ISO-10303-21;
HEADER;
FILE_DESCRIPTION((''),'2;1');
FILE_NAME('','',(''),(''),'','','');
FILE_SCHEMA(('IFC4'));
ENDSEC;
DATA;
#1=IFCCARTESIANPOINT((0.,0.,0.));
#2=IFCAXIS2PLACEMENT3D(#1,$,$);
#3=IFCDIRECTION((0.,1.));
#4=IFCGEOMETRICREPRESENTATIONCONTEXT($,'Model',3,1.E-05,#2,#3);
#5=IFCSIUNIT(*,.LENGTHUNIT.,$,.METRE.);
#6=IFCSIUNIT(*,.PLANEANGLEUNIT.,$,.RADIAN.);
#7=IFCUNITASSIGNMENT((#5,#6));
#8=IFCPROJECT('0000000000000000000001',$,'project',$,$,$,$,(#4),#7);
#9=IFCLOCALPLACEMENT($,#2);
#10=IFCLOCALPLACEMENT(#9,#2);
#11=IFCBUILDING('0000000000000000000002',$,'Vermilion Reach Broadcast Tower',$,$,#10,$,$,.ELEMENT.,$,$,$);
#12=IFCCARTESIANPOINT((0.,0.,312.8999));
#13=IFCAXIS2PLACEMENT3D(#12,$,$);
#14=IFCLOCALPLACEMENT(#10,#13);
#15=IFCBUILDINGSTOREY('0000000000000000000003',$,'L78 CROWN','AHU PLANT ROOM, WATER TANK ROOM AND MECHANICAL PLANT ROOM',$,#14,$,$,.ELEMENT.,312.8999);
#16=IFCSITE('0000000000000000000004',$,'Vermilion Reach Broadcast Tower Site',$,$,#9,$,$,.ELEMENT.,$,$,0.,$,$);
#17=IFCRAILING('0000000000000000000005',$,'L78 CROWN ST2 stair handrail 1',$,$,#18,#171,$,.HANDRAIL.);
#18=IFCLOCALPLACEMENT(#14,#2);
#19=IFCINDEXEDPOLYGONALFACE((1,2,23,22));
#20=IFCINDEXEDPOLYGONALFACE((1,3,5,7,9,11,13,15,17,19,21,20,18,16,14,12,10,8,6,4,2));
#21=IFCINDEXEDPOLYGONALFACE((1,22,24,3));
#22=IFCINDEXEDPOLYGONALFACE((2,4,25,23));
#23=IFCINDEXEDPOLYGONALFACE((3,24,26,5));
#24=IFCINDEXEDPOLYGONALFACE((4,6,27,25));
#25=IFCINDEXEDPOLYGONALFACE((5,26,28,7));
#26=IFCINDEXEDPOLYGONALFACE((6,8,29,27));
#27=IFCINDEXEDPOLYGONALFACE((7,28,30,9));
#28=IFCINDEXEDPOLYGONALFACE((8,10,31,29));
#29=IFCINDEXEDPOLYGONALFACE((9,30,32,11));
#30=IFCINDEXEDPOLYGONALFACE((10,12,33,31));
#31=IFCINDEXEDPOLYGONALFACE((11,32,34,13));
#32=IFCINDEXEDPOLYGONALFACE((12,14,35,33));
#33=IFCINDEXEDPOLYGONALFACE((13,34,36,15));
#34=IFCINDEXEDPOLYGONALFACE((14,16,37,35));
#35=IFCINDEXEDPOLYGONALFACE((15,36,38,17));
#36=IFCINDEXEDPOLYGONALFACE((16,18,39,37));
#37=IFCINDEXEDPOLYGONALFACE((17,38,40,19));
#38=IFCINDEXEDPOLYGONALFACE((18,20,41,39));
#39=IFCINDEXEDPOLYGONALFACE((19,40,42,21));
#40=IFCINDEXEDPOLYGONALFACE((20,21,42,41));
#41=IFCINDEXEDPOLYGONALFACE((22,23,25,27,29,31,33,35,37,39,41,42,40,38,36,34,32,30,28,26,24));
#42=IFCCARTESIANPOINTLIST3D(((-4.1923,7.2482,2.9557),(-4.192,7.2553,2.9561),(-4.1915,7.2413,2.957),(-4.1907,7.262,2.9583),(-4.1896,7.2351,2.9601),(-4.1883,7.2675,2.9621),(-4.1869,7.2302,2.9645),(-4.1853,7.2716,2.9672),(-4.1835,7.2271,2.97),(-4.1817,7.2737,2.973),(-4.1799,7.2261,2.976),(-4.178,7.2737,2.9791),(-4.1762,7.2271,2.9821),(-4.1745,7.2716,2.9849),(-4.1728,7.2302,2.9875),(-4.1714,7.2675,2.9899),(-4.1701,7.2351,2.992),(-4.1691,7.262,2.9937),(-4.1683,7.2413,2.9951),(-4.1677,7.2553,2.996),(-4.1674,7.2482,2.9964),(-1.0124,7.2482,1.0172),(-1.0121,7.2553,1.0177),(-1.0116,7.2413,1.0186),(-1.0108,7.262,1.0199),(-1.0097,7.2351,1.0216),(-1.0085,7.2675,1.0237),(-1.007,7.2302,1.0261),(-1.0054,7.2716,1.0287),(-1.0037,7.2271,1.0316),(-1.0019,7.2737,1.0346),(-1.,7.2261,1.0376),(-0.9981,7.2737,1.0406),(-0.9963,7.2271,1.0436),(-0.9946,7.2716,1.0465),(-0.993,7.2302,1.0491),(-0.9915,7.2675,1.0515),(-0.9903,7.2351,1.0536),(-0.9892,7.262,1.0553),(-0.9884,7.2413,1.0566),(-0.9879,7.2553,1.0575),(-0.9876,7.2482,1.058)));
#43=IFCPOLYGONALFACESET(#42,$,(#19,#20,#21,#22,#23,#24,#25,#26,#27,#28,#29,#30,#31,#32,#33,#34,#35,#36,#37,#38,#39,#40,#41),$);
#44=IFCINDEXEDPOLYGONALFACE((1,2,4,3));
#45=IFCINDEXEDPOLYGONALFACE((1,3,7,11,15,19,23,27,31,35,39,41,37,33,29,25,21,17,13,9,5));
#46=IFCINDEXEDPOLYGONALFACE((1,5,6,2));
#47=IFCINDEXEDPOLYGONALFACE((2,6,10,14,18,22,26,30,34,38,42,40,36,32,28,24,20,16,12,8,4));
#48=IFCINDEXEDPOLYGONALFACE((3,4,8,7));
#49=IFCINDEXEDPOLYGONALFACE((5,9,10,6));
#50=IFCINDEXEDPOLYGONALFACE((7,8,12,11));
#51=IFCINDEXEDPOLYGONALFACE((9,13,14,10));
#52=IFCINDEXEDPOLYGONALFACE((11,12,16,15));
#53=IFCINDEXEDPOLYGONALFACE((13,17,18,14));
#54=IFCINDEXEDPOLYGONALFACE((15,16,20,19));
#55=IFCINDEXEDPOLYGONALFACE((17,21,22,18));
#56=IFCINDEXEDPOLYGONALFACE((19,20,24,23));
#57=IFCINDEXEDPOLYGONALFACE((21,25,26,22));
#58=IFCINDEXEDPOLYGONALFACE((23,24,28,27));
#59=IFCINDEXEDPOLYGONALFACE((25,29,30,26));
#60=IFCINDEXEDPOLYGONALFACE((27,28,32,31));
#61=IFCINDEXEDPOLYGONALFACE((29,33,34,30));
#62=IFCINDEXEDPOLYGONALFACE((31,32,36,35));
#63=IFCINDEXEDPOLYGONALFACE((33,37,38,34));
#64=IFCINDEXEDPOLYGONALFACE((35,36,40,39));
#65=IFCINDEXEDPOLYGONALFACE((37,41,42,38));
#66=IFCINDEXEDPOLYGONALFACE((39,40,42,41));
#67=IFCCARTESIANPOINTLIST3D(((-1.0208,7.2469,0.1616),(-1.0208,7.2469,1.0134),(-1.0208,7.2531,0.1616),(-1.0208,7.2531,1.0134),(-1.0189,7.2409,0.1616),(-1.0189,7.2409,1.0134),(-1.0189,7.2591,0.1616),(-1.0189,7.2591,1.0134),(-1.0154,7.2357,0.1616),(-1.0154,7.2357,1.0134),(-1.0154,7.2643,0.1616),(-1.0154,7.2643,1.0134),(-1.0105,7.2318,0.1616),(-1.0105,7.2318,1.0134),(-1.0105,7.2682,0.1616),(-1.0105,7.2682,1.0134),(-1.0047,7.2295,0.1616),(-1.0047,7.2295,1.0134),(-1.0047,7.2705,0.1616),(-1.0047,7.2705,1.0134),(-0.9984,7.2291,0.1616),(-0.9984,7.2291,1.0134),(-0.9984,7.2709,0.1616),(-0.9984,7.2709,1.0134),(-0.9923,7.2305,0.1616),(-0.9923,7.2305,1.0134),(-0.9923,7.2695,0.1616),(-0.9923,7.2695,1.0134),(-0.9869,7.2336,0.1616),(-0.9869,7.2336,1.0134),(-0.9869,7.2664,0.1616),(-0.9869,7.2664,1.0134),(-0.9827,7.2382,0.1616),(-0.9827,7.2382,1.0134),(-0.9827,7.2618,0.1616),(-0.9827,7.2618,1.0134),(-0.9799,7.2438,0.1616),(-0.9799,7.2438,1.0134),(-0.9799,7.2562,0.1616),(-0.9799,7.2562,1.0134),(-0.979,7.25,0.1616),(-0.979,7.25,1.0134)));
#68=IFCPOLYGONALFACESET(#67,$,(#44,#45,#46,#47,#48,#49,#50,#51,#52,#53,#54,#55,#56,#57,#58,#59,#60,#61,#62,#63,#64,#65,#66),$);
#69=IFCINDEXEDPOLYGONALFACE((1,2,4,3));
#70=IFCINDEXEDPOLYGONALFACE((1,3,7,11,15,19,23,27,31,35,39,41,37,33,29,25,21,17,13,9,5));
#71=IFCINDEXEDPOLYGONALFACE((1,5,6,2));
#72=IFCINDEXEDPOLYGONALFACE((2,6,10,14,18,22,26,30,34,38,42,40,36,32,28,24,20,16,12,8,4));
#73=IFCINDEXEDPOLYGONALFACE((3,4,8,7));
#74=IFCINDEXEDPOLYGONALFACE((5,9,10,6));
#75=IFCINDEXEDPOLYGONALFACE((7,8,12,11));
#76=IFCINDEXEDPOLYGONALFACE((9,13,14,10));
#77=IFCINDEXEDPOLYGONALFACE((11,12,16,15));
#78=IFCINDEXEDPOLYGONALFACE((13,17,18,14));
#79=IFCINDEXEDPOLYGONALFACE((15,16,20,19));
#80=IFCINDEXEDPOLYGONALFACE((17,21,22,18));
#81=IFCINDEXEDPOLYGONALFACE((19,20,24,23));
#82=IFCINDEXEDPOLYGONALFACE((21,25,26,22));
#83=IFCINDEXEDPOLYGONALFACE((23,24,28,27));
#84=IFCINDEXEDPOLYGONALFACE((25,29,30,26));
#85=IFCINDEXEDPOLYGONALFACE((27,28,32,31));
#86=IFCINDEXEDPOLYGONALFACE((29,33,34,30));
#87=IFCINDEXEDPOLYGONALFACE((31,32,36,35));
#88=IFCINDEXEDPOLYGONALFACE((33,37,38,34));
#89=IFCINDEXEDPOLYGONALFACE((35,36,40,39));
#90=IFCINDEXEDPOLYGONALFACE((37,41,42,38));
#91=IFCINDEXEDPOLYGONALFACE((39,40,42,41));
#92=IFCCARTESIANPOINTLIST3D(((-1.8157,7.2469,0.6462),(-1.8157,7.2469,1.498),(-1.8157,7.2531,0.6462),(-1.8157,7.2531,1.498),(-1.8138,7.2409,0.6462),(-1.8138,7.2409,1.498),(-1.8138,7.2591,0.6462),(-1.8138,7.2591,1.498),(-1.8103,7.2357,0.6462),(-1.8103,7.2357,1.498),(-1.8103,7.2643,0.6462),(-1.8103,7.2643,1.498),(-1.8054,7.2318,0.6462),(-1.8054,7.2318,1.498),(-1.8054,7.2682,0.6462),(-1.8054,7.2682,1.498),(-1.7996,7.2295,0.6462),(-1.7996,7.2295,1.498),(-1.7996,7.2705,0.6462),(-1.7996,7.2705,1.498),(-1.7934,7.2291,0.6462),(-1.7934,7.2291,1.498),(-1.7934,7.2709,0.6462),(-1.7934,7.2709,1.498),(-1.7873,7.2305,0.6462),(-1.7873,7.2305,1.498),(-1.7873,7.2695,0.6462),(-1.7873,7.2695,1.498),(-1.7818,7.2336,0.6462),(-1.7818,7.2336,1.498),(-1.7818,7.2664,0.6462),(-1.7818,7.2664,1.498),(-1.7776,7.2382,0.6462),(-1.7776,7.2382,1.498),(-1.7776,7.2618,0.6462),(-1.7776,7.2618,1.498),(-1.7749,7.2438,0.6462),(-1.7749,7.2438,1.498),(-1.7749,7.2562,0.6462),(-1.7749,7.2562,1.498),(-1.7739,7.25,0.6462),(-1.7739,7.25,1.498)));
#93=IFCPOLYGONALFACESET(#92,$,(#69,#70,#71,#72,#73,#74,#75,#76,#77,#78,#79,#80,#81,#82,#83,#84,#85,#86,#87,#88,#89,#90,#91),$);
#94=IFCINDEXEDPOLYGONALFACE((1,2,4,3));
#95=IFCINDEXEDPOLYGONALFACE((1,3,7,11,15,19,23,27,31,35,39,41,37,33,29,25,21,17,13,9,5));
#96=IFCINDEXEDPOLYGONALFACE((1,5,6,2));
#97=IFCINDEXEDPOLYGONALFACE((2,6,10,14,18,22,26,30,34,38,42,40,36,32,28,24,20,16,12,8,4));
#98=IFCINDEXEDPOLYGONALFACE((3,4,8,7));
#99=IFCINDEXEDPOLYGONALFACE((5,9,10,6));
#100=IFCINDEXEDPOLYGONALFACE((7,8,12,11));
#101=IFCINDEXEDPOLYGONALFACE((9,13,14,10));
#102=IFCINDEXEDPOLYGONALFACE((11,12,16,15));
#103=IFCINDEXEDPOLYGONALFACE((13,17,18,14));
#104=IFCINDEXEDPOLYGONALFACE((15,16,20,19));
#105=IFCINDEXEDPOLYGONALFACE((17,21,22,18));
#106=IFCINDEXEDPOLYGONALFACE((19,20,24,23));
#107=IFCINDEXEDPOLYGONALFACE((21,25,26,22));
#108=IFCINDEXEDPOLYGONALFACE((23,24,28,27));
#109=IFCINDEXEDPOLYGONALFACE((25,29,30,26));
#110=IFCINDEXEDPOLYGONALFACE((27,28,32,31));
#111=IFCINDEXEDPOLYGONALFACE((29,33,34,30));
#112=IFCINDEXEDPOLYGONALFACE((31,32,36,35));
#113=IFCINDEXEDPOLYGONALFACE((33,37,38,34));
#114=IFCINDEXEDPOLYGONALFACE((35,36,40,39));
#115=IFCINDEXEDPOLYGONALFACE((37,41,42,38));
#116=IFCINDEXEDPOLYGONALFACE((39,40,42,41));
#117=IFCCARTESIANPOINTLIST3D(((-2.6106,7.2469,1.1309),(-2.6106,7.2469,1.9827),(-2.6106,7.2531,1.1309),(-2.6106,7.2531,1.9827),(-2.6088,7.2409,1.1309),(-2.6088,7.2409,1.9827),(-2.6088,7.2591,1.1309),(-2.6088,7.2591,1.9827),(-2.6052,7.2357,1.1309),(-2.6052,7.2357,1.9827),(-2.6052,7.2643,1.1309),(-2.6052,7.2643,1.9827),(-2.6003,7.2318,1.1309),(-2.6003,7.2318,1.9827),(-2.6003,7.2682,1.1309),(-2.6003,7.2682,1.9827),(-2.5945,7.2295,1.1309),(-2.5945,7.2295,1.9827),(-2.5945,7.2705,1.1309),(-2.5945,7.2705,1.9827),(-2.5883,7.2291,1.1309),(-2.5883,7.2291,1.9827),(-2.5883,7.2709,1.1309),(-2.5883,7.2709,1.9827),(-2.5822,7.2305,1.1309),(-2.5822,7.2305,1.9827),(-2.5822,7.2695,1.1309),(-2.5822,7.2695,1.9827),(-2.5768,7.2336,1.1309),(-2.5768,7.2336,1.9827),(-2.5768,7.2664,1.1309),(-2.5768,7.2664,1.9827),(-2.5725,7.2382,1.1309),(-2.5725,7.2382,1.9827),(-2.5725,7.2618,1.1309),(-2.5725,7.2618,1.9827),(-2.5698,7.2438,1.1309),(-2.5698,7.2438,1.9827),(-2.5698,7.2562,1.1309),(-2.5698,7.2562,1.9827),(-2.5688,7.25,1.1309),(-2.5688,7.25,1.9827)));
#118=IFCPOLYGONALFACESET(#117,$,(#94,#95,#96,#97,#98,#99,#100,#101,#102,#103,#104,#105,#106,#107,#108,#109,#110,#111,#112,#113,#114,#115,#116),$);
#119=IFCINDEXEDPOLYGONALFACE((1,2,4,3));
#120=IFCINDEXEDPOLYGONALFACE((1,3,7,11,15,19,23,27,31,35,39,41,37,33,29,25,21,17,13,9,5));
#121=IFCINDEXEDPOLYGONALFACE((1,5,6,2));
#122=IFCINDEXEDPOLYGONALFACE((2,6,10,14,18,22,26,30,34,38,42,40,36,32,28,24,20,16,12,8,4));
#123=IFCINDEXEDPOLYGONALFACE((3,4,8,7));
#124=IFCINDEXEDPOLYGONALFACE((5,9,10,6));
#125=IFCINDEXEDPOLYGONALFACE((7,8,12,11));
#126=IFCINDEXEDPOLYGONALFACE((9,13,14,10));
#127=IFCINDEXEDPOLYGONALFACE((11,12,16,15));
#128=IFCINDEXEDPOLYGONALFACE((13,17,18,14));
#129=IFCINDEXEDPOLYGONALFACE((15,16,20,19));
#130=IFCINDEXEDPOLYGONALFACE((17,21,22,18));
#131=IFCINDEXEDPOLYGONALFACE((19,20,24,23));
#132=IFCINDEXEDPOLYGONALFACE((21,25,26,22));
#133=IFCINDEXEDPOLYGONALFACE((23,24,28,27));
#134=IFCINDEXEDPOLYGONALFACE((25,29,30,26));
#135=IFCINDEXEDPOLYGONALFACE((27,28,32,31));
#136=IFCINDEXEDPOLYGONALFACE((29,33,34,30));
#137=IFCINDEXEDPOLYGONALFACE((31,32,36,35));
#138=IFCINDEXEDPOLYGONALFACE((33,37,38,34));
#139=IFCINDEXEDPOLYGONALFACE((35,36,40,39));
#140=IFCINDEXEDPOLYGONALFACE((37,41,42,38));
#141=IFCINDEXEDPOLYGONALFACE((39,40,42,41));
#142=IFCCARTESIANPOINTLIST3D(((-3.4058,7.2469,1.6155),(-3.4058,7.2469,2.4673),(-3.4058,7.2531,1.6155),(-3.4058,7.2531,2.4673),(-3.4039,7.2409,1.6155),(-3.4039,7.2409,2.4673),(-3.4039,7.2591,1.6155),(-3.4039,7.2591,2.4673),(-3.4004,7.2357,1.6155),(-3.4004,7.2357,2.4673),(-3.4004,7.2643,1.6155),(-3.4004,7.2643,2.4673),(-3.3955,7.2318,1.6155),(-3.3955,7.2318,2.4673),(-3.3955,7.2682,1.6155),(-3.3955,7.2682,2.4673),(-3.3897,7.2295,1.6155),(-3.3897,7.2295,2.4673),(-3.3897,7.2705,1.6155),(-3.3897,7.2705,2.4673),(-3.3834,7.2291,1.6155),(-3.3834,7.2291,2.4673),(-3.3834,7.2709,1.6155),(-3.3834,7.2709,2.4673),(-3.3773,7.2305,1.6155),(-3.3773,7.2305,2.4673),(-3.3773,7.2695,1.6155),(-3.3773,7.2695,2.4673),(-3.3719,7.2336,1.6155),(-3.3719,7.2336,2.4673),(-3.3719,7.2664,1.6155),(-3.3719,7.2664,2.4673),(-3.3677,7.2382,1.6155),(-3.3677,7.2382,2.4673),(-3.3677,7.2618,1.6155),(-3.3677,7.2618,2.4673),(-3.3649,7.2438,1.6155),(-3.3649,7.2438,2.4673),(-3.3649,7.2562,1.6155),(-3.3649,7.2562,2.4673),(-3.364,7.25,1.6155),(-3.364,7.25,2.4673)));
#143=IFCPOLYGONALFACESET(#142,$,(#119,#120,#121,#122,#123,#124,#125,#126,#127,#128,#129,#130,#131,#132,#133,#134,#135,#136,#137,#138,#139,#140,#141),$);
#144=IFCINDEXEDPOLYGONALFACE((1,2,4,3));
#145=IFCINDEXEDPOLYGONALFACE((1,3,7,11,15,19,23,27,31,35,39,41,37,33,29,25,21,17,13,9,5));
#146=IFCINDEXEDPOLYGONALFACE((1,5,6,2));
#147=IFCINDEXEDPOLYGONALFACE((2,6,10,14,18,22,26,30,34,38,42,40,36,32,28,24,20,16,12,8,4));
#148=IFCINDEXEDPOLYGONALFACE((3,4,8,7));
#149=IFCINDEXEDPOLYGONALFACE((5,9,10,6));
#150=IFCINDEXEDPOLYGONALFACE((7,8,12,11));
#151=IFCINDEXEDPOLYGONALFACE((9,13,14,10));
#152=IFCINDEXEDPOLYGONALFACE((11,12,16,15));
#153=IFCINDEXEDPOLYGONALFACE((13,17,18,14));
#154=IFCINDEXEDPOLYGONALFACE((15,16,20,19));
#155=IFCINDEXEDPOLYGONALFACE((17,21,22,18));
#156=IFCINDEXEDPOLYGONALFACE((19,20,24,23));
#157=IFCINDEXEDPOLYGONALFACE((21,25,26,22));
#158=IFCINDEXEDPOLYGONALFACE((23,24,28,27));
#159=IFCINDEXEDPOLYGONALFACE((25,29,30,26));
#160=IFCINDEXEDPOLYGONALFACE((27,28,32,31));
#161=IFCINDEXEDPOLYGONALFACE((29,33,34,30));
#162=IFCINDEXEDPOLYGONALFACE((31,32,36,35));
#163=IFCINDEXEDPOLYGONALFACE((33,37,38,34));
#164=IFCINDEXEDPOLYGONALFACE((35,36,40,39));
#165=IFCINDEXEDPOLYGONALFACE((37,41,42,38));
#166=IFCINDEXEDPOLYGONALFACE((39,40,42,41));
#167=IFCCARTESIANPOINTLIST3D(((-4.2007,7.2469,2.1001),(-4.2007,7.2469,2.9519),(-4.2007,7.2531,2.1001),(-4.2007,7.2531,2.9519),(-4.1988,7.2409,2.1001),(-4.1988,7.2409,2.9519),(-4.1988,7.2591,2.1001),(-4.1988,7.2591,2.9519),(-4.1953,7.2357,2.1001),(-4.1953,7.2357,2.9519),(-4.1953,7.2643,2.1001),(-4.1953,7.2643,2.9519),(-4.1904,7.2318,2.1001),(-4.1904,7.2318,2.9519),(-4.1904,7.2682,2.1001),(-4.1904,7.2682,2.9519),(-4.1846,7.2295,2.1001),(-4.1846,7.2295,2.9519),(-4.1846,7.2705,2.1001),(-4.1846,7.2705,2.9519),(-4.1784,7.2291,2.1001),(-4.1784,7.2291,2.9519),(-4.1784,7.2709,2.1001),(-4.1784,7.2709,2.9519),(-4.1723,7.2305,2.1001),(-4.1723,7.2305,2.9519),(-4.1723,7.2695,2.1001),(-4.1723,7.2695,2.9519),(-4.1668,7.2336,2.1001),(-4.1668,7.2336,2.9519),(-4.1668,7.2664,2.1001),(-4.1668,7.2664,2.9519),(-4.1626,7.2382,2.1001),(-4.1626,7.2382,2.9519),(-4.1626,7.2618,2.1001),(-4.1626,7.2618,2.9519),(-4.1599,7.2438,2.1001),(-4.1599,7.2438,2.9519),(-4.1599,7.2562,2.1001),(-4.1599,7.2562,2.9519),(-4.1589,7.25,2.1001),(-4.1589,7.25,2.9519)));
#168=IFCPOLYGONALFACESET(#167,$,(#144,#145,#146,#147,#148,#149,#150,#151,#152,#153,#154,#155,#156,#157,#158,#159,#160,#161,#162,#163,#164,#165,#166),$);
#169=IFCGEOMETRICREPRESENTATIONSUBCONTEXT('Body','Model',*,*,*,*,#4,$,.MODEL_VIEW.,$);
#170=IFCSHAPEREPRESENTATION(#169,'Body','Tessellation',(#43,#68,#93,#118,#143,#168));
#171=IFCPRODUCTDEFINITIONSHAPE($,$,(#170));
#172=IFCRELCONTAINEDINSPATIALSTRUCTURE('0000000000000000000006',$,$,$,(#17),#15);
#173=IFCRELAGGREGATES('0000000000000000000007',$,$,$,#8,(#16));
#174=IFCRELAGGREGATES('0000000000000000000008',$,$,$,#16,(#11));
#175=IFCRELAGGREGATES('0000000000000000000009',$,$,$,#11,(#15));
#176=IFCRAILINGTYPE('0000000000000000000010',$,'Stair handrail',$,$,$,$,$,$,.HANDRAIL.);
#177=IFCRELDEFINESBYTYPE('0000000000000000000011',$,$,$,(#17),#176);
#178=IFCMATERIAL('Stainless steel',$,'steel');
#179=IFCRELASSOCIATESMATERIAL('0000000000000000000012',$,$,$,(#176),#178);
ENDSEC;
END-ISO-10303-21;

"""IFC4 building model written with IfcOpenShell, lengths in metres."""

from ifc_helpers import new_model, si_unit, direction, frame, origin, origin_2d, place, context, subcontext, project, spatial, circle, extrude, material, type_object, element, save


model = new_model("IFC4")

# Units and contexts
model_context = context("Model", 3, precision=1e-05, world=origin(), true_north=direction((0.0, 1.0)))
body_context = subcontext(model_context, "Body", "Model", "MODEL_VIEW")
ifc_project = project(units=[si_unit("LENGTHUNIT", "METRE"), si_unit("PLANEANGLEUNIT", "RADIAN")], contexts=[model_context])

# Site, building, storey
site_placement = place(None, origin())
site = spatial("IfcSite", under=ifc_project, at=site_placement, Name="Vermilion Reach Broadcast Tower Site", CompositionType="ELEMENT", RefElevation=0.0)
building_placement = place(site_placement, origin())
building = spatial("IfcBuilding", under=site, at=building_placement, Name="Vermilion Reach Broadcast Tower", CompositionType="ELEMENT")
storey_placement = place(building_placement, frame((0.0, 0.0, 312.8999)))
storey = spatial("IfcBuildingStorey", under=building, at=storey_placement, Name="L78 CROWN", Description="AHU PLANT ROOM, WATER TANK ROOM AND MECHANICAL PLANT ROOM", CompositionType="ELEMENT", Elevation=312.8999)

# Railing
ifc_material_1 = material(Name="Stainless steel", Category="steel")
railing_type_1 = type_object("IfcRailingType", Name="Stair handrail", PredefinedType="HANDRAIL", material=ifc_material_1)
railing_1_placement = place(storey_placement, frame((-1.0, 7.25, 0.1616)))
element("IfcRailing", 1, at=railing_1_placement, inside=storey, type_object=railing_type_1, Name="L78 CROWN ST2 stair handrail 1", PredefinedType="HANDRAIL", context=body_context, shape_type="SweptSolid", body=[
    extrude(circle(Radius=0.0239, at=origin_2d()), frame((0.0, 0.0, 0.876), z_axis=(-0.853857, 0.0, 0.520508), x_axis=(0.0, -1.0, 0.0)), (0.0, 0.0, 1.0), 3.7241),
    extrude(circle(Radius=0.021, at=origin_2d()), origin(), (0.0, 0.0, 1.0), 0.8518),
    extrude(circle(Radius=0.021, at=origin_2d()), frame((-0.7949, 0.0, 0.4846)), (0.0, 0.0, 1.0), 0.8518),
    extrude(circle(Radius=0.021, at=origin_2d()), frame((-1.5898, 0.0, 0.9692)), (0.0, 0.0, 1.0), 0.8518),
    extrude(circle(Radius=0.021, at=origin_2d()), frame((-2.385, 0.0, 1.4539)), (0.0, 0.0, 1.0), 0.8518),
    extrude(circle(Radius=0.021, at=origin_2d()), frame((-3.1799, 0.0, 1.9385)), (0.0, 0.0, 1.0), 0.8518),
])

save(model, "model.ifc")
